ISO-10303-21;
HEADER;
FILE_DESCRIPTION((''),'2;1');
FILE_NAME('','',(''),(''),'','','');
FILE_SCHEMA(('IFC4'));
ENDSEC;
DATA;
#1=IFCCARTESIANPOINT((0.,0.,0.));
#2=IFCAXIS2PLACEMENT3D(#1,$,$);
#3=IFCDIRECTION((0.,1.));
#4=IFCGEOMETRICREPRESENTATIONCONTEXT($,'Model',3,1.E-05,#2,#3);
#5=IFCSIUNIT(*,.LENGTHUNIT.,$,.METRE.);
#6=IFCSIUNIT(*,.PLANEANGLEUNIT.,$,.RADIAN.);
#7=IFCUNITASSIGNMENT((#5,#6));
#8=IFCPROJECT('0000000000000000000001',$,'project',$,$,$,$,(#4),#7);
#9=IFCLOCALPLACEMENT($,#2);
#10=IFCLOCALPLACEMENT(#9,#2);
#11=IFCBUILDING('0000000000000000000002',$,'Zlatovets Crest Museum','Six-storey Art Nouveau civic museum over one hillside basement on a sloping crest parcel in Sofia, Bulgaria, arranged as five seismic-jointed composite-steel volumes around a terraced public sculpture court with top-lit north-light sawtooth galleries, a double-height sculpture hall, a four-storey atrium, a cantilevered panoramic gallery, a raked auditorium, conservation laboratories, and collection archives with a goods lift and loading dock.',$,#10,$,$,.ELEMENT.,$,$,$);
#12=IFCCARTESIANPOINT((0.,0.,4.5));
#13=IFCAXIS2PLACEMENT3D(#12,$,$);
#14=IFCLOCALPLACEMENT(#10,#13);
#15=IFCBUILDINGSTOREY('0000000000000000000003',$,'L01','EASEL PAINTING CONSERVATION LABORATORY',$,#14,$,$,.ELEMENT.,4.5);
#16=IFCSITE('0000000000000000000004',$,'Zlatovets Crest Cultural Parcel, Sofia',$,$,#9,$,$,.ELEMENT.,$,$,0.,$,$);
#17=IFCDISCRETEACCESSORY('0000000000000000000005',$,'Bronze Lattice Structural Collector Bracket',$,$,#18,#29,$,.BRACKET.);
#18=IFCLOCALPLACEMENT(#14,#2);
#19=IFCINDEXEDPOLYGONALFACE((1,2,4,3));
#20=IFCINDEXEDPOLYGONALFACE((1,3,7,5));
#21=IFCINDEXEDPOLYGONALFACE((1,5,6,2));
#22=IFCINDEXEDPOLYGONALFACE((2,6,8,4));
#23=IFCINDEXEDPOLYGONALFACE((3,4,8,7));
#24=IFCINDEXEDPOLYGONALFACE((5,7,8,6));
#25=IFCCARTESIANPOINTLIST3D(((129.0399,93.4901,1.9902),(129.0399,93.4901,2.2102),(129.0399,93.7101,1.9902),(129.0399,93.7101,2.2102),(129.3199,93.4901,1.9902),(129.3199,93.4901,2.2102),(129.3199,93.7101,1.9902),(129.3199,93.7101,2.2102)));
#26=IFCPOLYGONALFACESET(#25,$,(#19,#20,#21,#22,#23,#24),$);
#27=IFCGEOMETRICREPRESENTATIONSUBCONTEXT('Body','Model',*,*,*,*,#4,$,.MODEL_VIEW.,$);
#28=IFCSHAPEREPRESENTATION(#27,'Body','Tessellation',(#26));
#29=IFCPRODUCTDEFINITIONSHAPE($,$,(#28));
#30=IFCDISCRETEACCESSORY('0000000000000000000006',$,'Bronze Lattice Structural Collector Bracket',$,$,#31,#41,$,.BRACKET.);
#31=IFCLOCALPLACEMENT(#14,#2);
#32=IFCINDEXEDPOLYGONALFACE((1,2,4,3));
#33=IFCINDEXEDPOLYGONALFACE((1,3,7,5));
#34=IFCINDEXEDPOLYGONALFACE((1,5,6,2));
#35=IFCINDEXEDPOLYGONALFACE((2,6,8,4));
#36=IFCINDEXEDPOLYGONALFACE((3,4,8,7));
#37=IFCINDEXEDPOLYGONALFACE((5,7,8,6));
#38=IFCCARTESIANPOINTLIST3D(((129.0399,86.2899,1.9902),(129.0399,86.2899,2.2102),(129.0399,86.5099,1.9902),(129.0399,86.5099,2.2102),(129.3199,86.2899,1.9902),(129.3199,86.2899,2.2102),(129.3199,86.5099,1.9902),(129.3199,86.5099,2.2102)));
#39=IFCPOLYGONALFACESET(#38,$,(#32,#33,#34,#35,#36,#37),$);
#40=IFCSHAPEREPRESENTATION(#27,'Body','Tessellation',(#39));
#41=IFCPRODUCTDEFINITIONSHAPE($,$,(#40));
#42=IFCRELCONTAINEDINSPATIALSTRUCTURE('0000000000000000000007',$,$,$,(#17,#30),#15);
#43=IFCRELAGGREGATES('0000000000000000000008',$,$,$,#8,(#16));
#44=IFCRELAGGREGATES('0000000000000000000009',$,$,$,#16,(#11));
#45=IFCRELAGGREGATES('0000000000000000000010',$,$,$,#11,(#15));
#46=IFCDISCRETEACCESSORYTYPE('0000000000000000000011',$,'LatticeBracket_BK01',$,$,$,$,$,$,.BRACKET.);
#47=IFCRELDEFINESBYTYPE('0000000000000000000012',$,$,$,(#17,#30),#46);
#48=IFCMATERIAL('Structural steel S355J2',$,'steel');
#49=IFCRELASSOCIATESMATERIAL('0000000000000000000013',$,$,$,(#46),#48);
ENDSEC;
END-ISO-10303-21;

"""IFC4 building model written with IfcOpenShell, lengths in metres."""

from ifc_helpers import new_model, si_unit, direction, frame, origin, origin_2d, place, context, subcontext, project, spatial, rectangle, extrude, material, type_object, element, save


model = new_model("IFC4")

# Units and contexts
model_context = context("Model", 3, precision=1e-05, world=origin(), true_north=direction((0.0, 1.0)))
body_context = subcontext(model_context, "Body", "Model", "MODEL_VIEW")
ifc_project = project(units=[si_unit("LENGTHUNIT", "METRE"), si_unit("PLANEANGLEUNIT", "RADIAN")], contexts=[model_context])

# Site, building, storey
site_placement = place(None, origin())
site = spatial("IfcSite", under=ifc_project, at=site_placement, Name="Zlatovets Crest Cultural Parcel, Sofia", CompositionType="ELEMENT", RefElevation=0.0)
building_placement = place(site_placement, origin())
building = spatial("IfcBuilding", under=site, at=building_placement, Name="Zlatovets Crest Museum", Description="Six-storey Art Nouveau civic museum over one hillside basement on a sloping crest parcel in Sofia, Bulgaria, arranged as five seismic-jointed composite-steel volumes around a terraced public sculpture court with top-lit north-light sawtooth galleries, a double-height sculpture hall, a four-storey atrium, a cantilevered panoramic gallery, a raked auditorium, conservation laboratories, and collection archives with a goods lift and loading dock.", CompositionType="ELEMENT")
storey_placement = place(building_placement, frame((0.0, 0.0, 4.5)))
storey = spatial("IfcBuildingStorey", under=building, at=storey_placement, Name="L01", Description="EASEL PAINTING CONSERVATION LABORATORY", CompositionType="ELEMENT", Elevation=4.5)

# Shared definitions
ifc_material_1 = material(Name="Structural steel S355J2", Category="steel")

# Discrete accessories
discrete_accessory_type = type_object("IfcDiscreteAccessoryType", Name="LatticeBracket_BK01", PredefinedType="BRACKET", material=ifc_material_1)
for number, where, z_axis, x_axis, name in (
    (1, (129.1799, 93.6001, 1.9902), (0.0, 0.0, 1.0), (1.0, 0.0, 0.0), "Bronze Lattice Structural Collector Bracket"),
    (2, (129.1799, 86.3999, 1.9902), (0.0, 0.0, 1.0), (1.0, 0.0, 0.0), "Bronze Lattice Structural Collector Bracket"),
):
    element("IfcDiscreteAccessory", number, at=place(storey_placement, frame(where, z_axis=z_axis, x_axis=x_axis)), inside=storey, type_object=discrete_accessory_type, Name=name, PredefinedType="BRACKET", context=body_context, shape_type="SweptSolid", body=[
        extrude(rectangle(XDim=0.28, YDim=0.22, at=origin_2d()), origin(), (0.0, 0.0, 1.0), 0.22),
    ])

save(model, "model.ifc")
